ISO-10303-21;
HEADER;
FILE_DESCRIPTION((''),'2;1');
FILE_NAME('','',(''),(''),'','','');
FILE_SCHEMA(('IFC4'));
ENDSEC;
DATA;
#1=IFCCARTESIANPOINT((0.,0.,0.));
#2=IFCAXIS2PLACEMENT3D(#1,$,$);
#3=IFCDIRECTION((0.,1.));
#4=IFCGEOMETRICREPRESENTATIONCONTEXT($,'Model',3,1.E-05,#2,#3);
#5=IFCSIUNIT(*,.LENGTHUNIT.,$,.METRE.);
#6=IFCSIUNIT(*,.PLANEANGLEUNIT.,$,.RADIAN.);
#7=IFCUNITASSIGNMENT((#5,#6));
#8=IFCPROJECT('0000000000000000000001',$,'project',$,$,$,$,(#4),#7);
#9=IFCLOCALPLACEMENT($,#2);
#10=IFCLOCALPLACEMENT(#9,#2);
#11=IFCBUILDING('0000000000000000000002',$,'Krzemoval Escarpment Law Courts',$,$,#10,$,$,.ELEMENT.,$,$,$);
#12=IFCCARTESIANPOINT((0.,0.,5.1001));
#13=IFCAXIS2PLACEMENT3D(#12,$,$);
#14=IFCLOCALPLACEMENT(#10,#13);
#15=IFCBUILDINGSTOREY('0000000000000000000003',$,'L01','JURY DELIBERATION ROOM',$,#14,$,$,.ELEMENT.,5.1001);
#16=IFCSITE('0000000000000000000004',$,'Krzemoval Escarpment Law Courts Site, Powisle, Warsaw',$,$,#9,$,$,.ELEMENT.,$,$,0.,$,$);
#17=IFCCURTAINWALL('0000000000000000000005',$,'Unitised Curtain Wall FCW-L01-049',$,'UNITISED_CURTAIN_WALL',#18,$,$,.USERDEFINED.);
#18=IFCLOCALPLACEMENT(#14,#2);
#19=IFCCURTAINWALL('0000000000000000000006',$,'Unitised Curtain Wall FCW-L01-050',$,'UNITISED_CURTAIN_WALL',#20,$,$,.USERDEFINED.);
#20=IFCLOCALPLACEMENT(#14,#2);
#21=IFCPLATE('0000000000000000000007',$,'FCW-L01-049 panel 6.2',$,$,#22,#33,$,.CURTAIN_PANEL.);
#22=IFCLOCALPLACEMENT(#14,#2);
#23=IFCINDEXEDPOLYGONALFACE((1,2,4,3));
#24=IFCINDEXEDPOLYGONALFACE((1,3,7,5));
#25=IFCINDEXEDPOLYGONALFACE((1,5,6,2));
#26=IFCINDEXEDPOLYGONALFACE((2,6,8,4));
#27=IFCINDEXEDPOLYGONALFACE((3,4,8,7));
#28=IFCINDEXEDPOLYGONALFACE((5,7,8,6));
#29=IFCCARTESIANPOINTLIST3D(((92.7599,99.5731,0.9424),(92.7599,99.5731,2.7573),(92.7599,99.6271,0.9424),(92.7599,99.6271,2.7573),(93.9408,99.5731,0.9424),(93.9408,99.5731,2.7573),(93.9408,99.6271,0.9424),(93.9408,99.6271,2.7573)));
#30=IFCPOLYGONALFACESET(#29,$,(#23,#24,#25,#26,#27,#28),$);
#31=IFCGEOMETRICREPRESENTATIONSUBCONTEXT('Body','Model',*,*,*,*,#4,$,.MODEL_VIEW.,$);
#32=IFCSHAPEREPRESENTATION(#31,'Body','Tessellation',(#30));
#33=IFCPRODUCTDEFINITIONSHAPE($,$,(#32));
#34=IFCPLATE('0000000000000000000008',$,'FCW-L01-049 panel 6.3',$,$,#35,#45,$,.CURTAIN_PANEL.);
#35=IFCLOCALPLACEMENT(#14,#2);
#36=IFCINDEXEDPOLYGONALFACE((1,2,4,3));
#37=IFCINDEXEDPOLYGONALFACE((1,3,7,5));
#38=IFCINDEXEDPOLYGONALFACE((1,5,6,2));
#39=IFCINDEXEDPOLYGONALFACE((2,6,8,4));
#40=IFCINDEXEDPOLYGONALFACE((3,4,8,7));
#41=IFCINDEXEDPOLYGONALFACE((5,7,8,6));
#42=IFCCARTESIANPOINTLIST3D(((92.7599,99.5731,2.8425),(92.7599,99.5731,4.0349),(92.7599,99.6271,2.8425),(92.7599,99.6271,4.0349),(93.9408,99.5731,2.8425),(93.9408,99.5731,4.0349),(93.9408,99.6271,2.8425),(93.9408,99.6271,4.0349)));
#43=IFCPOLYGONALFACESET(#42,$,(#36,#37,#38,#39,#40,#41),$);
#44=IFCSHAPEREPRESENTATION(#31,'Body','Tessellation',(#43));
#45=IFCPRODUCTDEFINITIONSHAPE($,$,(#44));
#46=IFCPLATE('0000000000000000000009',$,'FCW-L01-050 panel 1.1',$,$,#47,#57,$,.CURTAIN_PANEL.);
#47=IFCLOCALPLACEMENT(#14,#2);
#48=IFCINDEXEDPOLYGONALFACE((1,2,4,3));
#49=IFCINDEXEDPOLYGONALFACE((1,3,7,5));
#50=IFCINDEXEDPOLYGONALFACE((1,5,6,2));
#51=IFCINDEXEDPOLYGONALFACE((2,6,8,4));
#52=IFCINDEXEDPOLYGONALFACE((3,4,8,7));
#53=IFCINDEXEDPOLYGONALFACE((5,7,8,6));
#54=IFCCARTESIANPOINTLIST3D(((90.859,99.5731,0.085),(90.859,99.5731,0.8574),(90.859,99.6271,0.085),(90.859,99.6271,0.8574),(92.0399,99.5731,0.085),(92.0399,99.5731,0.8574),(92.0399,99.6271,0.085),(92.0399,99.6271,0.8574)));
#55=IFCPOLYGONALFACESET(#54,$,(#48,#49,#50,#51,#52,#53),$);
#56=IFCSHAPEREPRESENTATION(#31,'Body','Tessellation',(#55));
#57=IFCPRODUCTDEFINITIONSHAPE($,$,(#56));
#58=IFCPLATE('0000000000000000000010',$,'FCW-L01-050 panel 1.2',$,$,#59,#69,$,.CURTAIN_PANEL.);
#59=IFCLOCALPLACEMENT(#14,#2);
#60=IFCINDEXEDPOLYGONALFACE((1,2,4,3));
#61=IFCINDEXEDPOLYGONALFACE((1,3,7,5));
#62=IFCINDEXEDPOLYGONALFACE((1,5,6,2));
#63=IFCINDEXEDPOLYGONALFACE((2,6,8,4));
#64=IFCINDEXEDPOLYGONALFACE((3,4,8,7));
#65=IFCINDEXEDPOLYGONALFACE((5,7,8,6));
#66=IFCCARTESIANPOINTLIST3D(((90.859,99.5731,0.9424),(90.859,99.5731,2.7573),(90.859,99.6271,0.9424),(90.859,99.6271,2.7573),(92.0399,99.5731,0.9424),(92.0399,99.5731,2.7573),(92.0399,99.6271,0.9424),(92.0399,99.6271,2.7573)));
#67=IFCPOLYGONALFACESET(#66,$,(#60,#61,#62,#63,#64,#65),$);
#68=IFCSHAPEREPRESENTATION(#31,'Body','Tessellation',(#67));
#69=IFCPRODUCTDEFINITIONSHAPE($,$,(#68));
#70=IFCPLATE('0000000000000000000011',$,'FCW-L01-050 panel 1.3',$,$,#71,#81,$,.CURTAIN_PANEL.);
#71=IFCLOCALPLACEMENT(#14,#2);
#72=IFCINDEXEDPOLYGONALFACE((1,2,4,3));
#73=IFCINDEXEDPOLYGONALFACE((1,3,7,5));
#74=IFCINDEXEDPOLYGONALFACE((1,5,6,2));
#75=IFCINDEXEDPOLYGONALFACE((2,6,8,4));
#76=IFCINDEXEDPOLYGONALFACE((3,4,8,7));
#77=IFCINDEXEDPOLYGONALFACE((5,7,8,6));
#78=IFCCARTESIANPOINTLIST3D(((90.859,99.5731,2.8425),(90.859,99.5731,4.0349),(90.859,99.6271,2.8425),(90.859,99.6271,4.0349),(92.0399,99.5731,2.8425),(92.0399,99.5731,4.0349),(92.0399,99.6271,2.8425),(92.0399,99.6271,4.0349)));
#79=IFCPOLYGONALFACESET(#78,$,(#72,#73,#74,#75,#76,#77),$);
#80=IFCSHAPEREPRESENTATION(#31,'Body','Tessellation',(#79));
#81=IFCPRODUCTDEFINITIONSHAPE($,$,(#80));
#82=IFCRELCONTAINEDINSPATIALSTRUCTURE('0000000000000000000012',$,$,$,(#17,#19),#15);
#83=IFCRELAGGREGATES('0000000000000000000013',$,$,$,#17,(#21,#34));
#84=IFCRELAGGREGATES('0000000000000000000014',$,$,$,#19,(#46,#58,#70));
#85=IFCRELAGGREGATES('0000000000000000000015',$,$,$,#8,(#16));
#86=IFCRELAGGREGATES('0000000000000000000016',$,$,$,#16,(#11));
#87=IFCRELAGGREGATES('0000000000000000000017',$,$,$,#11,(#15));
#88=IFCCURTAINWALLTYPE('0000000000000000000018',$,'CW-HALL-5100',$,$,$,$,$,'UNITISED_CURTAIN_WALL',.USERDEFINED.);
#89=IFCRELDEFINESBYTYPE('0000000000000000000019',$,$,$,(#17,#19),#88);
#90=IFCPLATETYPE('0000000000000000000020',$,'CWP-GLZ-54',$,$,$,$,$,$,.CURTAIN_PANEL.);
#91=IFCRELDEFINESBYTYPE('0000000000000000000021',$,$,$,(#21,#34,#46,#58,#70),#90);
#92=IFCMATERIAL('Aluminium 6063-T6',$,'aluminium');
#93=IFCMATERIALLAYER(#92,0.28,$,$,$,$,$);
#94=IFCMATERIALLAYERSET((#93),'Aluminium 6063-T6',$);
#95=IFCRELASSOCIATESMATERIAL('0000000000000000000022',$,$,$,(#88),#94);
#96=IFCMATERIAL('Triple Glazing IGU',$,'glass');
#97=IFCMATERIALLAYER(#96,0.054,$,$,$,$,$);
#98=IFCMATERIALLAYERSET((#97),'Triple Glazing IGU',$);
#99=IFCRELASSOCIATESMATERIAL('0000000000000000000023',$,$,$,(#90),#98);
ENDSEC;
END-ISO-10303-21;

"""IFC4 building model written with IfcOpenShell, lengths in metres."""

from ifc_helpers import new_model, si_unit, direction, frame, origin, origin_2d, place, context, subcontext, project, spatial, rectangle, extrude, material, layer, layer_set, type_object, element, aggregate, save


model = new_model("IFC4")

# Units and contexts
model_context = context("Model", 3, precision=1e-05, world=origin(), true_north=direction((0.0, 1.0)))
body_context = subcontext(model_context, "Body", "Model", "MODEL_VIEW")
ifc_project = project(units=[si_unit("LENGTHUNIT", "METRE"), si_unit("PLANEANGLEUNIT", "RADIAN")], contexts=[model_context])

# Site, building, storey
site_placement = place(None, origin())
site = spatial("IfcSite", under=ifc_project, at=site_placement, Name="Krzemoval Escarpment Law Courts Site, Powisle, Warsaw", CompositionType="ELEMENT", RefElevation=0.0)
building_placement = place(site_placement, origin())
building = spatial("IfcBuilding", under=site, at=building_placement, Name="Krzemoval Escarpment Law Courts", CompositionType="ELEMENT")
storey_placement = place(building_placement, frame((0.0, 0.0, 5.1001)))
storey = spatial("IfcBuildingStorey", under=building, at=storey_placement, Name="L01", Description="JURY DELIBERATION ROOM", CompositionType="ELEMENT", Elevation=5.1001)

# Curtain walls
ifc_material_1 = material(Name="Aluminium 6063-T6", Category="aluminium")
ifc_layer_1 = layer(ifc_material_1, 0.28)
ifc_layer_set_1 = layer_set([ifc_layer_1], Name="Aluminium 6063-T6")
curtain_wall_type = type_object("IfcCurtainWallType", Name="CW-HALL-5100", ElementType="UNITISED_CURTAIN_WALL", PredefinedType="USERDEFINED", material=ifc_layer_set_1)
curtain_wall_1_placement = place(storey_placement, origin())
curtain_wall_1 = element("IfcCurtainWall", 1, at=curtain_wall_1_placement, inside=storey, type_object=curtain_wall_type, Name="Unitised Curtain Wall FCW-L01-049", ObjectType="UNITISED_CURTAIN_WALL", PredefinedType="USERDEFINED")
curtain_wall_2_placement = place(storey_placement, origin())
curtain_wall_2 = element("IfcCurtainWall", 2, at=curtain_wall_2_placement, inside=storey, type_object=curtain_wall_type, Name="Unitised Curtain Wall FCW-L01-050", ObjectType="UNITISED_CURTAIN_WALL", PredefinedType="USERDEFINED")

# Plates
ifc_material_2 = material(Name="Triple Glazing IGU", Category="glass")
ifc_layer_2 = layer(ifc_material_2, 0.054)
ifc_layer_set_2 = layer_set([ifc_layer_2], Name="Triple Glazing IGU")
plate_type = type_object("IfcPlateType", Name="CWP-GLZ-54", PredefinedType="CURTAIN_PANEL", material=ifc_layer_set_2)
plate_1_placement = place(storey_placement, frame((93.3503, 99.6001, 0.9424), z_axis=(0.0, 0.0, 1.0), x_axis=(-1.0, 0.0, 0.0)))
plate_1 = element("IfcPlate", 3, at=plate_1_placement, type_object=plate_type, Name="FCW-L01-049 panel 6.2", PredefinedType="CURTAIN_PANEL", context=body_context, shape_type="SweptSolid", body=[
    extrude(rectangle(XDim=1.1809, YDim=0.054, at=origin_2d()), origin(), (0.0, 0.0, 1.0), 1.8149),
])
plate_2_placement = place(storey_placement, frame((93.3503, 99.6001, 2.8425), z_axis=(0.0, 0.0, 1.0), x_axis=(-1.0, 0.0, 0.0)))
plate_2 = element("IfcPlate", 4, at=plate_2_placement, type_object=plate_type, Name="FCW-L01-049 panel 6.3", PredefinedType="CURTAIN_PANEL", context=body_context, shape_type="SweptSolid", body=[
    extrude(rectangle(XDim=1.1809, YDim=0.054, at=origin_2d()), origin(), (0.0, 0.0, 1.0), 1.1924),
])
aggregate(curtain_wall_1, [plate_1, plate_2])
plate_3_placement = place(storey_placement, frame((91.4495, 99.6001, 0.085), z_axis=(0.0, 0.0, 1.0), x_axis=(-1.0, 0.0, 0.0)))
plate_3 = element("IfcPlate", 5, at=plate_3_placement, type_object=plate_type, Name="FCW-L01-050 panel 1.1", PredefinedType="CURTAIN_PANEL", context=body_context, shape_type="SweptSolid", body=[
    extrude(rectangle(XDim=1.1809, YDim=0.054, at=origin_2d()), origin(), (0.0, 0.0, 1.0), 0.7725),
])
plate_4_placement = place(storey_placement, frame((91.4495, 99.6001, 0.9424), z_axis=(0.0, 0.0, 1.0), x_axis=(-1.0, 0.0, 0.0)))
plate_4 = element("IfcPlate", 6, at=plate_4_placement, type_object=plate_type, Name="FCW-L01-050 panel 1.2", PredefinedType="CURTAIN_PANEL", context=body_context, shape_type="SweptSolid", body=[
    extrude(rectangle(XDim=1.1809, YDim=0.054, at=origin_2d()), origin(), (0.0, 0.0, 1.0), 1.8149),
])
plate_5_placement = place(storey_placement, frame((91.4495, 99.6001, 2.8425), z_axis=(0.0, 0.0, 1.0), x_axis=(-1.0, 0.0, 0.0)))
plate_5 = element("IfcPlate", 7, at=plate_5_placement, type_object=plate_type, Name="FCW-L01-050 panel 1.3", PredefinedType="CURTAIN_PANEL", context=body_context, shape_type="SweptSolid", body=[
    extrude(rectangle(XDim=1.1809, YDim=0.054, at=origin_2d()), origin(), (0.0, 0.0, 1.0), 1.1924),
])
aggregate(curtain_wall_2, [plate_3, plate_4, plate_5])

save(model, "model.ifc")
